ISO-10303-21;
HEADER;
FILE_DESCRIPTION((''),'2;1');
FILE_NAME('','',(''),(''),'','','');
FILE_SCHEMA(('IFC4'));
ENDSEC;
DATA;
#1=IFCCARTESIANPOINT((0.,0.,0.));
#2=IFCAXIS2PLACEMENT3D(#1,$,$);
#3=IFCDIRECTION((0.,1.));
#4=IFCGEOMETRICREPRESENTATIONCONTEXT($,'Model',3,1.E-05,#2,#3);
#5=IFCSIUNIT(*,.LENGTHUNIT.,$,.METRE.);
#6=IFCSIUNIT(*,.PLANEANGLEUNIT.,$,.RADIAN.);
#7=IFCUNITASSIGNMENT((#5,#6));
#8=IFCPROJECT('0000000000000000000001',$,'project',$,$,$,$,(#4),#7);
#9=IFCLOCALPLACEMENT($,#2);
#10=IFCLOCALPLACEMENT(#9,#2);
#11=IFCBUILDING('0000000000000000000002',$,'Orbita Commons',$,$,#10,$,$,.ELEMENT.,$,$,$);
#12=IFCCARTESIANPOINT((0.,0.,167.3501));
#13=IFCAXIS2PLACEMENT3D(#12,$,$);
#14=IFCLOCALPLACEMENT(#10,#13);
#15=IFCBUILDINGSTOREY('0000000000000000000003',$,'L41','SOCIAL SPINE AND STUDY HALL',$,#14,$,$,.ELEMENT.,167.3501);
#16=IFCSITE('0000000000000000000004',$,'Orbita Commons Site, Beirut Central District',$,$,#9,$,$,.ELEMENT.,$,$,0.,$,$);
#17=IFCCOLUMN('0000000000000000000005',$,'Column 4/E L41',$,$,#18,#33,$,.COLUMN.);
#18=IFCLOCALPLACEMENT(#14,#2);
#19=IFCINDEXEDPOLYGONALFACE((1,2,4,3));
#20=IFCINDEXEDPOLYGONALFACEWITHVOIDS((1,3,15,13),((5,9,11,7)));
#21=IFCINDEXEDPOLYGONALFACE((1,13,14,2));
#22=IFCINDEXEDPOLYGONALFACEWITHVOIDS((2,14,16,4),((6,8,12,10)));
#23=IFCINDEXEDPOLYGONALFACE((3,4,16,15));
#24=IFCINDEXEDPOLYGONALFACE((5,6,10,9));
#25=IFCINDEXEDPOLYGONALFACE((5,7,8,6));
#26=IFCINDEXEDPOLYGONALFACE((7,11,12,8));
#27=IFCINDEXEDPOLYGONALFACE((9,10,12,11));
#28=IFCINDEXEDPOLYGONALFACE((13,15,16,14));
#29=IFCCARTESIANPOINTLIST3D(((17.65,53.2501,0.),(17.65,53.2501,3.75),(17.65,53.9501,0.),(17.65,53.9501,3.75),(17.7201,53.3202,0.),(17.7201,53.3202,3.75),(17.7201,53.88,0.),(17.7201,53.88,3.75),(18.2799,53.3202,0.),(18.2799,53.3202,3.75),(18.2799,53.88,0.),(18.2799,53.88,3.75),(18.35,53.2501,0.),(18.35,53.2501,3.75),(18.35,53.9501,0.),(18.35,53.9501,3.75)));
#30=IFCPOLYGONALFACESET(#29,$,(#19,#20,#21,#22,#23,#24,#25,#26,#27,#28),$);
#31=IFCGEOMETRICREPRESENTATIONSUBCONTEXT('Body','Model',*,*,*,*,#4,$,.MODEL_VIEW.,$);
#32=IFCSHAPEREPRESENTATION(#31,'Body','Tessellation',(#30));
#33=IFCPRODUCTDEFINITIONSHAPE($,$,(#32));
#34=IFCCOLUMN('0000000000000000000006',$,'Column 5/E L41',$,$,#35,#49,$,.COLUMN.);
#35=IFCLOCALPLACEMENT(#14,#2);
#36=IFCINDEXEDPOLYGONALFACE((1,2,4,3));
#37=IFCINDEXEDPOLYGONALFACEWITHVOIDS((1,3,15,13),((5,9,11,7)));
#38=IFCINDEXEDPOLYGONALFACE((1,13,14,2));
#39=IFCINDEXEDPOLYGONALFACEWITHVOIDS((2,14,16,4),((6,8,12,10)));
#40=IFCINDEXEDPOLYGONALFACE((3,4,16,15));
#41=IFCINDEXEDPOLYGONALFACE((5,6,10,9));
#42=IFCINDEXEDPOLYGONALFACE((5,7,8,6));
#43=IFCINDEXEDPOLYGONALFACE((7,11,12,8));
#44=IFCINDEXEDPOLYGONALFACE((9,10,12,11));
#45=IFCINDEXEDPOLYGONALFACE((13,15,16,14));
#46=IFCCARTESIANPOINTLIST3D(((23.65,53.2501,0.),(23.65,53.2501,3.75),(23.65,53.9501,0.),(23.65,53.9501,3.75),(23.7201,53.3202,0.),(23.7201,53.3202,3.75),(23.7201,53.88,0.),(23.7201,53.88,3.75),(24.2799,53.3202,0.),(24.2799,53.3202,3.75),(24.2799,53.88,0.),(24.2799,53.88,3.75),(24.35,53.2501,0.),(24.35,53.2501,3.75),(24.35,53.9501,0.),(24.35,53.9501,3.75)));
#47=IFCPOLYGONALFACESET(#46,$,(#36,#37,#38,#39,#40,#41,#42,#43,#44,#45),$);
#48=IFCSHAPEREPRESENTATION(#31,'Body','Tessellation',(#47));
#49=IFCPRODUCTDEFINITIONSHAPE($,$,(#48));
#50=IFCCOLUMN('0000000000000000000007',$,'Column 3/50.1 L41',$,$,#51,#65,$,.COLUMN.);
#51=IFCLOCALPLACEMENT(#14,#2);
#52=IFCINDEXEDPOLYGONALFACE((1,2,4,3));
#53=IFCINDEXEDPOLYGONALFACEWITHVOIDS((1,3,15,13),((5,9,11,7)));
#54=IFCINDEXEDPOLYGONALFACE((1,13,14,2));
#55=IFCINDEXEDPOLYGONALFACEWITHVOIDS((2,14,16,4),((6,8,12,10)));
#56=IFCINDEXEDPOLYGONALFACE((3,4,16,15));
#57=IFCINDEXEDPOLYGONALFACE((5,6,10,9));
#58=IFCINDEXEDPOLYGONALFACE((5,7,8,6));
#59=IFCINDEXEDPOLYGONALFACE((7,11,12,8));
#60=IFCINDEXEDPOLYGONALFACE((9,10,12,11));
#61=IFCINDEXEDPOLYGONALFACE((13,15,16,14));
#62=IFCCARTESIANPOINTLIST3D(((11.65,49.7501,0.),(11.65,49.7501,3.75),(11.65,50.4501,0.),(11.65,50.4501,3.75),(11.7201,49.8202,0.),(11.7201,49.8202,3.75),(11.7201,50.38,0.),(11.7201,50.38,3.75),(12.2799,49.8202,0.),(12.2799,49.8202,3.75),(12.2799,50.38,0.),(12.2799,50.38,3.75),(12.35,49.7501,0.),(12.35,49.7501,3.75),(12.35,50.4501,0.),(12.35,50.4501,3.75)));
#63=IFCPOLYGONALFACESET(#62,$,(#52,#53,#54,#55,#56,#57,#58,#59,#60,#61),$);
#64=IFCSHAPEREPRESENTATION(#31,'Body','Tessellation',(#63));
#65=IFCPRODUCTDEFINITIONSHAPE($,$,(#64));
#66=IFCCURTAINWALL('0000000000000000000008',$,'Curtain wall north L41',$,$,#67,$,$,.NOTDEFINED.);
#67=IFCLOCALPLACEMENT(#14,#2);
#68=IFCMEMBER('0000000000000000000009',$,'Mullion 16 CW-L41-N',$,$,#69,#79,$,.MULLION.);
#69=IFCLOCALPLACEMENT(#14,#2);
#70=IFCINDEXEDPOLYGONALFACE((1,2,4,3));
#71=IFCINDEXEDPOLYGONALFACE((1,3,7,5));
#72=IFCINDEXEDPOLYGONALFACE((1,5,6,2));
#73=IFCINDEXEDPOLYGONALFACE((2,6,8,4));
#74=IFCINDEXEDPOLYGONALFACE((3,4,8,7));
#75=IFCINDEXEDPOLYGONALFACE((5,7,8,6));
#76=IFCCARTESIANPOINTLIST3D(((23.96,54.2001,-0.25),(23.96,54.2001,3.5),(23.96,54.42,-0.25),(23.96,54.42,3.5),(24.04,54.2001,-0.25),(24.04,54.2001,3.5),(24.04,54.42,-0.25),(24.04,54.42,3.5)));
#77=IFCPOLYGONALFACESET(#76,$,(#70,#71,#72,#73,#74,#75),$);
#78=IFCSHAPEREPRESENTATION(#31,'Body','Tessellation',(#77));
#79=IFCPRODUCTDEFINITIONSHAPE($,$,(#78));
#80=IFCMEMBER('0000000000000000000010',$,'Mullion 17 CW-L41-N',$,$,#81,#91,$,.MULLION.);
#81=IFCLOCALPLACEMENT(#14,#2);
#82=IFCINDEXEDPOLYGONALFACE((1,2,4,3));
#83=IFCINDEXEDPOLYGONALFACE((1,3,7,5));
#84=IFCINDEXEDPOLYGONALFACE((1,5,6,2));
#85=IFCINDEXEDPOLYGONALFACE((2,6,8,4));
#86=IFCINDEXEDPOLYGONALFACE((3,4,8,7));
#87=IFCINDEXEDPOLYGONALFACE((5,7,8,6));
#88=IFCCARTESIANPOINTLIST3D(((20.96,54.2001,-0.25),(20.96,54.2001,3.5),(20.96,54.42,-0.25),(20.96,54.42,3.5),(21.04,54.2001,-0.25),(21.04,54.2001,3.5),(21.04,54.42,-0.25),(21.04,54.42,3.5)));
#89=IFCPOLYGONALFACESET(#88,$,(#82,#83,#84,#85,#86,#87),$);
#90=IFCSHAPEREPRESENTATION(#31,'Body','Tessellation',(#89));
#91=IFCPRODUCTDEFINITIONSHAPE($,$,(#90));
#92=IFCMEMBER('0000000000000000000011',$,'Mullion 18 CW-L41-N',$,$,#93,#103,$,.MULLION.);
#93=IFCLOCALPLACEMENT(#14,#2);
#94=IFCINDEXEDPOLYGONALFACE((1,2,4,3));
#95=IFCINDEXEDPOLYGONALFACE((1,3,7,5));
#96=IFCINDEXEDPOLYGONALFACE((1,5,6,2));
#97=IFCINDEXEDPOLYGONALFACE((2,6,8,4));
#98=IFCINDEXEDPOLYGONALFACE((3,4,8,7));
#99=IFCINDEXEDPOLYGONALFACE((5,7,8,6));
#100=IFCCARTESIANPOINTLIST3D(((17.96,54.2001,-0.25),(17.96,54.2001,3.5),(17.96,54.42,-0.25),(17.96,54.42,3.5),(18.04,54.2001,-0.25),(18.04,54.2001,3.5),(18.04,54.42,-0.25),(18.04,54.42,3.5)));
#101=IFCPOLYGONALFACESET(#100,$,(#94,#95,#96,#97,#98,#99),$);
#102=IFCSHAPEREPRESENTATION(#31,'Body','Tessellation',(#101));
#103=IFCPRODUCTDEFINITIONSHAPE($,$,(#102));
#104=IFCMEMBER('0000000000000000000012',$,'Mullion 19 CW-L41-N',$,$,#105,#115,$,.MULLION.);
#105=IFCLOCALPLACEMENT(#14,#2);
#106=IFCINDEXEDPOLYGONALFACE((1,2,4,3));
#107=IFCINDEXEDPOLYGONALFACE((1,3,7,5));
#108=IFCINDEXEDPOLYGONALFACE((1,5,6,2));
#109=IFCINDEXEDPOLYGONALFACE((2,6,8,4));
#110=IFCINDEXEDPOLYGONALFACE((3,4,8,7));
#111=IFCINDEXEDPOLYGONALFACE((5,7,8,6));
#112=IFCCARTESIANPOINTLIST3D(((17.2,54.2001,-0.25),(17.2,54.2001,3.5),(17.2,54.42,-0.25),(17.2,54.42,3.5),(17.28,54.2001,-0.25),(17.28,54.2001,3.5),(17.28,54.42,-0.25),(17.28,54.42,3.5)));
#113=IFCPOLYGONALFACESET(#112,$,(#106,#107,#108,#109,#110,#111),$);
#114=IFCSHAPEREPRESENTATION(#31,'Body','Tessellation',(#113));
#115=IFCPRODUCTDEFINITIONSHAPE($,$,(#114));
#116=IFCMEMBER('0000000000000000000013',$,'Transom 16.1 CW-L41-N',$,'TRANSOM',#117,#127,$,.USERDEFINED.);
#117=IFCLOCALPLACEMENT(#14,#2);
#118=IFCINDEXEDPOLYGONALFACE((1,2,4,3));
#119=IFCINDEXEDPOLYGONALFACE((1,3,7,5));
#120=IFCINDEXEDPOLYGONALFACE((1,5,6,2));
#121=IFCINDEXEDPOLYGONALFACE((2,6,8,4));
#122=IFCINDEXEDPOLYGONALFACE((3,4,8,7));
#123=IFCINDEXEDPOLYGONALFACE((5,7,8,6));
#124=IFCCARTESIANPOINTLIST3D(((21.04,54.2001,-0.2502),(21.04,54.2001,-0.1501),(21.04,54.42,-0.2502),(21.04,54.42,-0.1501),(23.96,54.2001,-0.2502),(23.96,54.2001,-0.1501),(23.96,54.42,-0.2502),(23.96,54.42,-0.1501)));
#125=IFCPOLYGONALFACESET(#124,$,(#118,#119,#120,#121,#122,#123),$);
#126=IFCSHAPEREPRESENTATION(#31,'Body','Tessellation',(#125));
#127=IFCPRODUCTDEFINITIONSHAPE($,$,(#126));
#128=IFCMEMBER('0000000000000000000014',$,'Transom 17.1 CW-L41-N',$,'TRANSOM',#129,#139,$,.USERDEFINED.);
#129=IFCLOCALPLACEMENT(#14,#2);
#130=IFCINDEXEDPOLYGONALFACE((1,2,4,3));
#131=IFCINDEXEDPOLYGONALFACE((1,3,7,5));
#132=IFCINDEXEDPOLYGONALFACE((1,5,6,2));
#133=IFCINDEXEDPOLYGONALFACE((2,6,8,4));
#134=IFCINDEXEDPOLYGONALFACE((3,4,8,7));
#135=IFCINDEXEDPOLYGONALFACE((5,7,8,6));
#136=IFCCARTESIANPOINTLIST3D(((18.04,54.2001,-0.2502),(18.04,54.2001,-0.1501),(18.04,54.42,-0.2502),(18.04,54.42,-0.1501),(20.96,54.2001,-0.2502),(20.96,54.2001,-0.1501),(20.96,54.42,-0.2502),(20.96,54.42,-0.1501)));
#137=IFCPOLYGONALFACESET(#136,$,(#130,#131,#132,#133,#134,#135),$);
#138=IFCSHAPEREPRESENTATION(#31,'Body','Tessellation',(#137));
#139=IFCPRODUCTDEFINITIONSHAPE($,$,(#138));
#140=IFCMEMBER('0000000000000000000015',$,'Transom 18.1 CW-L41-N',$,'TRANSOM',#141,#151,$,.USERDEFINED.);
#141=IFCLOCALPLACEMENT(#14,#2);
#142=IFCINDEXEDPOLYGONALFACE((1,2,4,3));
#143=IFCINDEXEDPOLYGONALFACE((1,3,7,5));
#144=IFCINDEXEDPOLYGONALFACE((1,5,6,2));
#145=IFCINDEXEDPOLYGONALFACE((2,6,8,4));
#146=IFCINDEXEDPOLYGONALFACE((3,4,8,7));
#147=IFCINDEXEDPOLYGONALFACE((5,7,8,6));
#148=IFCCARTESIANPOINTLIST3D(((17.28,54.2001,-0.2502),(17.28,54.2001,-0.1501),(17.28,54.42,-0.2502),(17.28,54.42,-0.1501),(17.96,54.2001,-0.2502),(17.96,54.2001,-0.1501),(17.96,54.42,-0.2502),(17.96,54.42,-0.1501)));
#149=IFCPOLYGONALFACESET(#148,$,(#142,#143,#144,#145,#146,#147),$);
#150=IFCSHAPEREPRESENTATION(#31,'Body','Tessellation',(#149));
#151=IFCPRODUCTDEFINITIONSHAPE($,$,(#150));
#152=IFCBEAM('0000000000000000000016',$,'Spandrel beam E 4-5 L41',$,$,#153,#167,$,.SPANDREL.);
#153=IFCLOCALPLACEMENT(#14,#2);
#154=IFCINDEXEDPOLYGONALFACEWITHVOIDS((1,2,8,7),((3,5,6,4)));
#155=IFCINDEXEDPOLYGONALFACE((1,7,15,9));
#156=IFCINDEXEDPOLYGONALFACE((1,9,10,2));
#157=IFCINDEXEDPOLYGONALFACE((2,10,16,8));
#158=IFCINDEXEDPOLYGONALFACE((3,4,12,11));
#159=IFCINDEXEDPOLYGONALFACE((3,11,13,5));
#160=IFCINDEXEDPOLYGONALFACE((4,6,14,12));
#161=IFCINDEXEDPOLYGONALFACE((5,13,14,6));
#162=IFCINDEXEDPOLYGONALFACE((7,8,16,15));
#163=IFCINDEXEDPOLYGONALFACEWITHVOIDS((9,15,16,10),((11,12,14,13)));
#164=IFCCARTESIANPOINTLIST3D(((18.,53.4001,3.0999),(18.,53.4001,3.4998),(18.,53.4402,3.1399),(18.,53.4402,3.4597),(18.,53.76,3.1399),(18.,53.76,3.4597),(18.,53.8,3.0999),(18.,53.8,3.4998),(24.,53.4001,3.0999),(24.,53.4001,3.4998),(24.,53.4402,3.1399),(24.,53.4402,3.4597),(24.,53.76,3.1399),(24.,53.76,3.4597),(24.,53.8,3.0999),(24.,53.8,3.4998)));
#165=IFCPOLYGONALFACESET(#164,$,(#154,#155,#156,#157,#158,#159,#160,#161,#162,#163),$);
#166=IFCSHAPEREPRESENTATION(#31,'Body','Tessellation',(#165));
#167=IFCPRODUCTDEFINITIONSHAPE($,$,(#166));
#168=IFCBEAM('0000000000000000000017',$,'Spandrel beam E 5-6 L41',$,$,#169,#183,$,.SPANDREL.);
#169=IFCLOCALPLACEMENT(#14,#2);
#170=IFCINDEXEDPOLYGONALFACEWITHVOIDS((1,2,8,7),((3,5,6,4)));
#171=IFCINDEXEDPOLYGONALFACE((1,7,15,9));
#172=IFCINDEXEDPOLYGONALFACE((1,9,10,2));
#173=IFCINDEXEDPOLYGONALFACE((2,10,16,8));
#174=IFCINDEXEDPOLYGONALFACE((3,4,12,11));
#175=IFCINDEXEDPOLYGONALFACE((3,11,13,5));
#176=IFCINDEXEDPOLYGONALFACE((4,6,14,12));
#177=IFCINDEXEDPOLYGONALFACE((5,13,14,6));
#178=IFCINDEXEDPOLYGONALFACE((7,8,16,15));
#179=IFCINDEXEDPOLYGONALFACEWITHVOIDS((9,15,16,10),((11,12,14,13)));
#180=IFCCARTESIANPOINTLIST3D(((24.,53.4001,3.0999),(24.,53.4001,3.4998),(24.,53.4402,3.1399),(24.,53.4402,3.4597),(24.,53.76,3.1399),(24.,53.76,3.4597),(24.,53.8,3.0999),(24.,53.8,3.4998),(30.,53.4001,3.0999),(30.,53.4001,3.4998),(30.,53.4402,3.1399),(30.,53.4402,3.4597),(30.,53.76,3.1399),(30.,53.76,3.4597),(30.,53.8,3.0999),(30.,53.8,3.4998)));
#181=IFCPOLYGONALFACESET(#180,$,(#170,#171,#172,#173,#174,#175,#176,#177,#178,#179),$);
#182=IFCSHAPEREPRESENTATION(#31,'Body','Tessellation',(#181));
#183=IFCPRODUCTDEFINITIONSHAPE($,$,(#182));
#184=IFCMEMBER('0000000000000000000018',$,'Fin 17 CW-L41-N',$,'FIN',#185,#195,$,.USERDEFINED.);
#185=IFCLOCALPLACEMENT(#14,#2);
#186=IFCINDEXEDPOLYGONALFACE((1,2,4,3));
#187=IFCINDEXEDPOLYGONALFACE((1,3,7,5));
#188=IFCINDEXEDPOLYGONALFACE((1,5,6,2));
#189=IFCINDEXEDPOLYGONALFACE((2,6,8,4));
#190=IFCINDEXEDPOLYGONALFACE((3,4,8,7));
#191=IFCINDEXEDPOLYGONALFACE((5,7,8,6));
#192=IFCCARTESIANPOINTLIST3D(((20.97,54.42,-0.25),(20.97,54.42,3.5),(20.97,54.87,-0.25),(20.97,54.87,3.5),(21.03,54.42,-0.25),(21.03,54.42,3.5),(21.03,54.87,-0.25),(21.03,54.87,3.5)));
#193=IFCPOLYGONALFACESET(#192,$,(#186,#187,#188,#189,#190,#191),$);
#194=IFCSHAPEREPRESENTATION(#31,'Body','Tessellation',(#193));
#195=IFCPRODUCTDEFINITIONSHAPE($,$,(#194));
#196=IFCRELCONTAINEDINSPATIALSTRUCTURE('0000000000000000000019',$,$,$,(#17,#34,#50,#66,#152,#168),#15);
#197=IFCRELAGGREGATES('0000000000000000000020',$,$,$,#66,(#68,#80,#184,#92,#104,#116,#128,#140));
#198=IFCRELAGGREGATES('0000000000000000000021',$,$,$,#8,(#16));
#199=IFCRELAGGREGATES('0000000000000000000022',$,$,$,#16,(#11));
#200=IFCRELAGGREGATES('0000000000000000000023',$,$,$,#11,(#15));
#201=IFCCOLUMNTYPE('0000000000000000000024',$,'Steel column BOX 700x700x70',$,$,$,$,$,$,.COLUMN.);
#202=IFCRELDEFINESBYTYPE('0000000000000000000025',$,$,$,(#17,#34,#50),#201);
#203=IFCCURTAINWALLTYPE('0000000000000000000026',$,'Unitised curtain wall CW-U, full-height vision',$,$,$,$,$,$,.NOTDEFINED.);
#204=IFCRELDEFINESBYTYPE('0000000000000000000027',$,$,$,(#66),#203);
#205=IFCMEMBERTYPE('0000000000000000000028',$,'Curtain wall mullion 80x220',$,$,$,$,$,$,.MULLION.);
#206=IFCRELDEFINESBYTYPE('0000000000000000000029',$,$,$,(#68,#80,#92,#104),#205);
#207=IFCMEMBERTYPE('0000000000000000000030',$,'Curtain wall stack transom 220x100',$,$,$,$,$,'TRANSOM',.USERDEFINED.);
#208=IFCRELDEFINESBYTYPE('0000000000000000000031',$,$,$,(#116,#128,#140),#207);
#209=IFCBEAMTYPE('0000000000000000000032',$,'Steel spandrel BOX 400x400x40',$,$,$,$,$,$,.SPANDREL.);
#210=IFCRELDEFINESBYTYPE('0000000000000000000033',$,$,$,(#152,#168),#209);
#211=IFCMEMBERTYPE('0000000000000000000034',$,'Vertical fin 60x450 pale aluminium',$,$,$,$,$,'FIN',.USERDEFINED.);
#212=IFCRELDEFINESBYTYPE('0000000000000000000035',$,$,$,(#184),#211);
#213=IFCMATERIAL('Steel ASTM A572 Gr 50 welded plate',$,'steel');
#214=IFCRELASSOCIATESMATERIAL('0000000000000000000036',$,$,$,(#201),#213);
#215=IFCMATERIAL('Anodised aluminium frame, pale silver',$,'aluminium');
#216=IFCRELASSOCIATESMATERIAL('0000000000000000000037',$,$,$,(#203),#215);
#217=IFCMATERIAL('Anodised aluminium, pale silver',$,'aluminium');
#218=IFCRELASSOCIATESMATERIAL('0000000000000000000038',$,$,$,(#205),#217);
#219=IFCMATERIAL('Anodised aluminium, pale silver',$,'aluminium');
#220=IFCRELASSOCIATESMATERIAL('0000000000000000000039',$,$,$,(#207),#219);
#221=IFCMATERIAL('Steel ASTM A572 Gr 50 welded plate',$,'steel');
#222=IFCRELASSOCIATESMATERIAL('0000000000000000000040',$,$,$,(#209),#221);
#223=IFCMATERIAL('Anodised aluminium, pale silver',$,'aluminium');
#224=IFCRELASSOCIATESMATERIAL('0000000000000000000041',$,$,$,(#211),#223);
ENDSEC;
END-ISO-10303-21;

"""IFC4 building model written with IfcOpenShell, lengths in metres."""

from ifc_helpers import new_model, si_unit, direction, frame, origin, origin_2d, place, context, subcontext, project, spatial, rectangle, hollow_rectangle, extrude, material, material_profile, profile_set, type_object, element, aggregate, save


model = new_model("IFC4")

# Units and contexts
model_context = context("Model", 3, precision=1e-05, world=origin(), true_north=direction((0.0, 1.0)))
body_context = subcontext(model_context, "Body", "Model", "MODEL_VIEW")
ifc_project = project(units=[si_unit("LENGTHUNIT", "METRE"), si_unit("PLANEANGLEUNIT", "RADIAN")], contexts=[model_context])

# Site, building, storey
site_placement = place(None, origin())
site = spatial("IfcSite", under=ifc_project, at=site_placement, Name="Orbita Commons Site, Beirut Central District", CompositionType="ELEMENT", RefElevation=0.0)
building_placement = place(site_placement, origin())
building = spatial("IfcBuilding", under=site, at=building_placement, Name="Orbita Commons", CompositionType="ELEMENT")
storey_placement = place(building_placement, frame((0.0, 0.0, 167.3501)))
storey = spatial("IfcBuildingStorey", under=building, at=storey_placement, Name="L41", Description="SOCIAL SPINE AND STUDY HALL", CompositionType="ELEMENT", Elevation=167.3501)

# Columns
ifc_material_1 = material(Name="Steel ASTM A572 Gr 50 welded plate", Category="steel")
ifc_material_profile_1 = material_profile(ifc_material_1, hollow_rectangle(XDim=0.7, YDim=0.7, WallThickness=0.0701, at=origin_2d()), Name="BOX 700x700x70")
ifc_profile_set_1 = profile_set([ifc_material_profile_1], Name="Steel ASTM A572 Gr 50 welded plate")
column_type = type_object("IfcColumnType", Name="Steel column BOX 700x700x70", PredefinedType="COLUMN", material=ifc_profile_set_1)
for number, where, z_axis, x_axis, name in (
    (1, (18.0, 53.6001, 0.0), (0.0, 0.0, 1.0), (1.0, 0.0, 0.0), "Column 4/E L41"),
    (2, (24.0, 53.6001, 0.0), (0.0, 0.0, 1.0), (1.0, 0.0, 0.0), "Column 5/E L41"),
    (3, (12.0, 50.1001, 0.0), (0.0, 0.0, 1.0), (1.0, 0.0, 0.0), "Column 3/50.1 L41"),
):
    element("IfcColumn", number, at=place(storey_placement, frame(where, z_axis=z_axis, x_axis=x_axis)), inside=storey, type_object=column_type, Name=name, PredefinedType="COLUMN", context=body_context, shape_type="SweptSolid", body=[
        extrude(hollow_rectangle(XDim=0.7, YDim=0.7, WallThickness=0.0701, at=origin_2d()), origin(), (0.0, 0.0, 1.0), 3.75),
    ])

# Curtain wall, members
ifc_material_2 = material(Name="Anodised aluminium frame, pale silver", Category="aluminium")
curtain_wall_type = type_object("IfcCurtainWallType", Name="Unitised curtain wall CW-U, full-height vision", PredefinedType="NOTDEFINED", material=ifc_material_2)
curtain_wall_placement = place(storey_placement, origin())
curtain_wall = element("IfcCurtainWall", 4, at=curtain_wall_placement, inside=storey, type_object=curtain_wall_type, Name="Curtain wall north L41", PredefinedType="NOTDEFINED")
ifc_material_3 = material(Name="Anodised aluminium, pale silver", Category="aluminium")
ifc_material_profile_2 = material_profile(ifc_material_3, rectangle(XDim=0.0801, YDim=0.22, at=origin_2d()), Name="AL 80x220")
ifc_profile_set_2 = profile_set([ifc_material_profile_2], Name="Anodised aluminium, pale silver")
member_type_1 = type_object("IfcMemberType", Name="Curtain wall mullion 80x220", PredefinedType="MULLION", material=ifc_profile_set_2)
member_1_placement = place(storey_placement, frame((24.0, 54.3101, -0.25), z_axis=(0.0, 0.0, 1.0), x_axis=(-1.0, 0.0, 0.0)))
member_1 = element("IfcMember", 5, at=member_1_placement, type_object=member_type_1, Name="Mullion 16 CW-L41-N", PredefinedType="MULLION", context=body_context, shape_type="SweptSolid", body=[
    extrude(rectangle(XDim=0.0801, YDim=0.22, at=origin_2d()), origin(), (0.0, 0.0, 1.0), 3.75),
])
member_2_placement = place(storey_placement, frame((21.0, 54.3101, -0.25), z_axis=(0.0, 0.0, 1.0), x_axis=(-1.0, 0.0, 0.0)))
member_2 = element("IfcMember", 6, at=member_2_placement, type_object=member_type_1, Name="Mullion 17 CW-L41-N", PredefinedType="MULLION", context=body_context, shape_type="SweptSolid", body=[
    extrude(rectangle(XDim=0.0801, YDim=0.22, at=origin_2d()), origin(), (0.0, 0.0, 1.0), 3.75),
])
member_3_placement = place(storey_placement, frame((18.0, 54.3101, -0.25), z_axis=(0.0, 0.0, 1.0), x_axis=(-1.0, 0.0, 0.0)))
member_3 = element("IfcMember", 7, at=member_3_placement, type_object=member_type_1, Name="Mullion 18 CW-L41-N", PredefinedType="MULLION", context=body_context, shape_type="SweptSolid", body=[
    extrude(rectangle(XDim=0.0801, YDim=0.22, at=origin_2d()), origin(), (0.0, 0.0, 1.0), 3.75),
])
member_4_placement = place(storey_placement, frame((17.24, 54.3101, -0.25), z_axis=(0.0, 0.0, 1.0), x_axis=(-1.0, 0.0, 0.0)))
member_4 = element("IfcMember", 8, at=member_4_placement, type_object=member_type_1, Name="Mullion 19 CW-L41-N", PredefinedType="MULLION", context=body_context, shape_type="SweptSolid", body=[
    extrude(rectangle(XDim=0.0801, YDim=0.22, at=origin_2d()), origin(), (0.0, 0.0, 1.0), 3.75),
])
ifc_material_4 = material(Name="Anodised aluminium, pale silver", Category="aluminium")
ifc_material_profile_3 = material_profile(ifc_material_4, rectangle(XDim=0.22, YDim=0.1001, at=origin_2d()), Name="AL 220x100")
ifc_profile_set_3 = profile_set([ifc_material_profile_3], Name="Anodised aluminium, pale silver")
member_type_2 = type_object("IfcMemberType", Name="Curtain wall stack transom 220x100", ElementType="TRANSOM", PredefinedType="USERDEFINED", material=ifc_profile_set_3)
member_5_placement = place(storey_placement, frame((23.96, 54.3101, -0.2002), z_axis=(-1.0, 0.0, 0.0), x_axis=(0.0, -1.0, 0.0)))
member_5 = element("IfcMember", 9, at=member_5_placement, type_object=member_type_2, Name="Transom 16.1 CW-L41-N", ObjectType="TRANSOM", PredefinedType="USERDEFINED", context=body_context, shape_type="SweptSolid", body=[
    extrude(rectangle(XDim=0.22, YDim=0.1001, at=origin_2d()), origin(), (0.0, 0.0, 1.0), 2.9199),
])
member_6_placement = place(storey_placement, frame((20.96, 54.3101, -0.2002), z_axis=(-1.0, 0.0, 0.0), x_axis=(0.0, -1.0, 0.0)))
member_6 = element("IfcMember", 10, at=member_6_placement, type_object=member_type_2, Name="Transom 17.1 CW-L41-N", ObjectType="TRANSOM", PredefinedType="USERDEFINED", context=body_context, shape_type="SweptSolid", body=[
    extrude(rectangle(XDim=0.22, YDim=0.1001, at=origin_2d()), origin(), (0.0, 0.0, 1.0), 2.9199),
])
member_7_placement = place(storey_placement, frame((17.96, 54.3101, -0.2002), z_axis=(-1.0, 0.0, 0.0), x_axis=(0.0, -1.0, 0.0)))
member_7 = element("IfcMember", 11, at=member_7_placement, type_object=member_type_2, Name="Transom 18.1 CW-L41-N", ObjectType="TRANSOM", PredefinedType="USERDEFINED", context=body_context, shape_type="SweptSolid", body=[
    extrude(rectangle(XDim=0.22, YDim=0.1001, at=origin_2d()), origin(), (0.0, 0.0, 1.0), 0.6799),
])

# Beams
ifc_material_5 = material(Name="Steel ASTM A572 Gr 50 welded plate", Category="steel")
ifc_material_profile_4 = material_profile(ifc_material_5, hollow_rectangle(XDim=0.3999, YDim=0.3999, WallThickness=0.04, at=origin_2d()), Name="BOX 400x400x40")
ifc_profile_set_4 = profile_set([ifc_material_profile_4], Name="Steel ASTM A572 Gr 50 welded plate")
beam_type = type_object("IfcBeamType", Name="Steel spandrel BOX 400x400x40", PredefinedType="SPANDREL", material=ifc_profile_set_4)
for number, where, z_axis, x_axis, name in (
    (12, (18.0, 53.6001, 3.2998), (1.0, 0.0, 0.0), (0.0, 1.0, 0.0), "Spandrel beam E 4-5 L41"),
    (13, (24.0, 53.6001, 3.2998), (1.0, 0.0, 0.0), (0.0, 1.0, 0.0), "Spandrel beam E 5-6 L41"),
):
    element("IfcBeam", number, at=place(storey_placement, frame(where, z_axis=z_axis, x_axis=x_axis)), inside=storey, type_object=beam_type, Name=name, PredefinedType="SPANDREL", context=body_context, shape_type="SweptSolid", body=[
        extrude(hollow_rectangle(XDim=0.3999, YDim=0.3999, WallThickness=0.04, at=origin_2d()), origin(), (0.0, 0.0, 1.0), 6.0),
    ])

# Member
ifc_material_6 = material(Name="Anodised aluminium, pale silver", Category="aluminium")
ifc_material_profile_5 = material_profile(ifc_material_6, rectangle(XDim=0.0601, YDim=0.45, at=origin_2d()), Name="FIN 60x450")
ifc_profile_set_5 = profile_set([ifc_material_profile_5], Name="Anodised aluminium, pale silver")
member_type_3 = type_object("IfcMemberType", Name="Vertical fin 60x450 pale aluminium", ElementType="FIN", PredefinedType="USERDEFINED", material=ifc_profile_set_5)
member_8_placement = place(storey_placement, frame((21.0, 54.645, -0.25), z_axis=(0.0, 0.0, 1.0), x_axis=(-1.0, 0.0, 0.0)))
member_8 = element("IfcMember", 14, at=member_8_placement, type_object=member_type_3, Name="Fin 17 CW-L41-N", ObjectType="FIN", PredefinedType="USERDEFINED", context=body_context, shape_type="SweptSolid", body=[
    extrude(rectangle(XDim=0.0601, YDim=0.45, at=origin_2d()), origin(), (0.0, 0.0, 1.0), 3.75),
])

aggregate(curtain_wall, [member_1, member_2, member_8, member_3, member_4, member_5, member_6, member_7])

save(model, "model.ifc")
